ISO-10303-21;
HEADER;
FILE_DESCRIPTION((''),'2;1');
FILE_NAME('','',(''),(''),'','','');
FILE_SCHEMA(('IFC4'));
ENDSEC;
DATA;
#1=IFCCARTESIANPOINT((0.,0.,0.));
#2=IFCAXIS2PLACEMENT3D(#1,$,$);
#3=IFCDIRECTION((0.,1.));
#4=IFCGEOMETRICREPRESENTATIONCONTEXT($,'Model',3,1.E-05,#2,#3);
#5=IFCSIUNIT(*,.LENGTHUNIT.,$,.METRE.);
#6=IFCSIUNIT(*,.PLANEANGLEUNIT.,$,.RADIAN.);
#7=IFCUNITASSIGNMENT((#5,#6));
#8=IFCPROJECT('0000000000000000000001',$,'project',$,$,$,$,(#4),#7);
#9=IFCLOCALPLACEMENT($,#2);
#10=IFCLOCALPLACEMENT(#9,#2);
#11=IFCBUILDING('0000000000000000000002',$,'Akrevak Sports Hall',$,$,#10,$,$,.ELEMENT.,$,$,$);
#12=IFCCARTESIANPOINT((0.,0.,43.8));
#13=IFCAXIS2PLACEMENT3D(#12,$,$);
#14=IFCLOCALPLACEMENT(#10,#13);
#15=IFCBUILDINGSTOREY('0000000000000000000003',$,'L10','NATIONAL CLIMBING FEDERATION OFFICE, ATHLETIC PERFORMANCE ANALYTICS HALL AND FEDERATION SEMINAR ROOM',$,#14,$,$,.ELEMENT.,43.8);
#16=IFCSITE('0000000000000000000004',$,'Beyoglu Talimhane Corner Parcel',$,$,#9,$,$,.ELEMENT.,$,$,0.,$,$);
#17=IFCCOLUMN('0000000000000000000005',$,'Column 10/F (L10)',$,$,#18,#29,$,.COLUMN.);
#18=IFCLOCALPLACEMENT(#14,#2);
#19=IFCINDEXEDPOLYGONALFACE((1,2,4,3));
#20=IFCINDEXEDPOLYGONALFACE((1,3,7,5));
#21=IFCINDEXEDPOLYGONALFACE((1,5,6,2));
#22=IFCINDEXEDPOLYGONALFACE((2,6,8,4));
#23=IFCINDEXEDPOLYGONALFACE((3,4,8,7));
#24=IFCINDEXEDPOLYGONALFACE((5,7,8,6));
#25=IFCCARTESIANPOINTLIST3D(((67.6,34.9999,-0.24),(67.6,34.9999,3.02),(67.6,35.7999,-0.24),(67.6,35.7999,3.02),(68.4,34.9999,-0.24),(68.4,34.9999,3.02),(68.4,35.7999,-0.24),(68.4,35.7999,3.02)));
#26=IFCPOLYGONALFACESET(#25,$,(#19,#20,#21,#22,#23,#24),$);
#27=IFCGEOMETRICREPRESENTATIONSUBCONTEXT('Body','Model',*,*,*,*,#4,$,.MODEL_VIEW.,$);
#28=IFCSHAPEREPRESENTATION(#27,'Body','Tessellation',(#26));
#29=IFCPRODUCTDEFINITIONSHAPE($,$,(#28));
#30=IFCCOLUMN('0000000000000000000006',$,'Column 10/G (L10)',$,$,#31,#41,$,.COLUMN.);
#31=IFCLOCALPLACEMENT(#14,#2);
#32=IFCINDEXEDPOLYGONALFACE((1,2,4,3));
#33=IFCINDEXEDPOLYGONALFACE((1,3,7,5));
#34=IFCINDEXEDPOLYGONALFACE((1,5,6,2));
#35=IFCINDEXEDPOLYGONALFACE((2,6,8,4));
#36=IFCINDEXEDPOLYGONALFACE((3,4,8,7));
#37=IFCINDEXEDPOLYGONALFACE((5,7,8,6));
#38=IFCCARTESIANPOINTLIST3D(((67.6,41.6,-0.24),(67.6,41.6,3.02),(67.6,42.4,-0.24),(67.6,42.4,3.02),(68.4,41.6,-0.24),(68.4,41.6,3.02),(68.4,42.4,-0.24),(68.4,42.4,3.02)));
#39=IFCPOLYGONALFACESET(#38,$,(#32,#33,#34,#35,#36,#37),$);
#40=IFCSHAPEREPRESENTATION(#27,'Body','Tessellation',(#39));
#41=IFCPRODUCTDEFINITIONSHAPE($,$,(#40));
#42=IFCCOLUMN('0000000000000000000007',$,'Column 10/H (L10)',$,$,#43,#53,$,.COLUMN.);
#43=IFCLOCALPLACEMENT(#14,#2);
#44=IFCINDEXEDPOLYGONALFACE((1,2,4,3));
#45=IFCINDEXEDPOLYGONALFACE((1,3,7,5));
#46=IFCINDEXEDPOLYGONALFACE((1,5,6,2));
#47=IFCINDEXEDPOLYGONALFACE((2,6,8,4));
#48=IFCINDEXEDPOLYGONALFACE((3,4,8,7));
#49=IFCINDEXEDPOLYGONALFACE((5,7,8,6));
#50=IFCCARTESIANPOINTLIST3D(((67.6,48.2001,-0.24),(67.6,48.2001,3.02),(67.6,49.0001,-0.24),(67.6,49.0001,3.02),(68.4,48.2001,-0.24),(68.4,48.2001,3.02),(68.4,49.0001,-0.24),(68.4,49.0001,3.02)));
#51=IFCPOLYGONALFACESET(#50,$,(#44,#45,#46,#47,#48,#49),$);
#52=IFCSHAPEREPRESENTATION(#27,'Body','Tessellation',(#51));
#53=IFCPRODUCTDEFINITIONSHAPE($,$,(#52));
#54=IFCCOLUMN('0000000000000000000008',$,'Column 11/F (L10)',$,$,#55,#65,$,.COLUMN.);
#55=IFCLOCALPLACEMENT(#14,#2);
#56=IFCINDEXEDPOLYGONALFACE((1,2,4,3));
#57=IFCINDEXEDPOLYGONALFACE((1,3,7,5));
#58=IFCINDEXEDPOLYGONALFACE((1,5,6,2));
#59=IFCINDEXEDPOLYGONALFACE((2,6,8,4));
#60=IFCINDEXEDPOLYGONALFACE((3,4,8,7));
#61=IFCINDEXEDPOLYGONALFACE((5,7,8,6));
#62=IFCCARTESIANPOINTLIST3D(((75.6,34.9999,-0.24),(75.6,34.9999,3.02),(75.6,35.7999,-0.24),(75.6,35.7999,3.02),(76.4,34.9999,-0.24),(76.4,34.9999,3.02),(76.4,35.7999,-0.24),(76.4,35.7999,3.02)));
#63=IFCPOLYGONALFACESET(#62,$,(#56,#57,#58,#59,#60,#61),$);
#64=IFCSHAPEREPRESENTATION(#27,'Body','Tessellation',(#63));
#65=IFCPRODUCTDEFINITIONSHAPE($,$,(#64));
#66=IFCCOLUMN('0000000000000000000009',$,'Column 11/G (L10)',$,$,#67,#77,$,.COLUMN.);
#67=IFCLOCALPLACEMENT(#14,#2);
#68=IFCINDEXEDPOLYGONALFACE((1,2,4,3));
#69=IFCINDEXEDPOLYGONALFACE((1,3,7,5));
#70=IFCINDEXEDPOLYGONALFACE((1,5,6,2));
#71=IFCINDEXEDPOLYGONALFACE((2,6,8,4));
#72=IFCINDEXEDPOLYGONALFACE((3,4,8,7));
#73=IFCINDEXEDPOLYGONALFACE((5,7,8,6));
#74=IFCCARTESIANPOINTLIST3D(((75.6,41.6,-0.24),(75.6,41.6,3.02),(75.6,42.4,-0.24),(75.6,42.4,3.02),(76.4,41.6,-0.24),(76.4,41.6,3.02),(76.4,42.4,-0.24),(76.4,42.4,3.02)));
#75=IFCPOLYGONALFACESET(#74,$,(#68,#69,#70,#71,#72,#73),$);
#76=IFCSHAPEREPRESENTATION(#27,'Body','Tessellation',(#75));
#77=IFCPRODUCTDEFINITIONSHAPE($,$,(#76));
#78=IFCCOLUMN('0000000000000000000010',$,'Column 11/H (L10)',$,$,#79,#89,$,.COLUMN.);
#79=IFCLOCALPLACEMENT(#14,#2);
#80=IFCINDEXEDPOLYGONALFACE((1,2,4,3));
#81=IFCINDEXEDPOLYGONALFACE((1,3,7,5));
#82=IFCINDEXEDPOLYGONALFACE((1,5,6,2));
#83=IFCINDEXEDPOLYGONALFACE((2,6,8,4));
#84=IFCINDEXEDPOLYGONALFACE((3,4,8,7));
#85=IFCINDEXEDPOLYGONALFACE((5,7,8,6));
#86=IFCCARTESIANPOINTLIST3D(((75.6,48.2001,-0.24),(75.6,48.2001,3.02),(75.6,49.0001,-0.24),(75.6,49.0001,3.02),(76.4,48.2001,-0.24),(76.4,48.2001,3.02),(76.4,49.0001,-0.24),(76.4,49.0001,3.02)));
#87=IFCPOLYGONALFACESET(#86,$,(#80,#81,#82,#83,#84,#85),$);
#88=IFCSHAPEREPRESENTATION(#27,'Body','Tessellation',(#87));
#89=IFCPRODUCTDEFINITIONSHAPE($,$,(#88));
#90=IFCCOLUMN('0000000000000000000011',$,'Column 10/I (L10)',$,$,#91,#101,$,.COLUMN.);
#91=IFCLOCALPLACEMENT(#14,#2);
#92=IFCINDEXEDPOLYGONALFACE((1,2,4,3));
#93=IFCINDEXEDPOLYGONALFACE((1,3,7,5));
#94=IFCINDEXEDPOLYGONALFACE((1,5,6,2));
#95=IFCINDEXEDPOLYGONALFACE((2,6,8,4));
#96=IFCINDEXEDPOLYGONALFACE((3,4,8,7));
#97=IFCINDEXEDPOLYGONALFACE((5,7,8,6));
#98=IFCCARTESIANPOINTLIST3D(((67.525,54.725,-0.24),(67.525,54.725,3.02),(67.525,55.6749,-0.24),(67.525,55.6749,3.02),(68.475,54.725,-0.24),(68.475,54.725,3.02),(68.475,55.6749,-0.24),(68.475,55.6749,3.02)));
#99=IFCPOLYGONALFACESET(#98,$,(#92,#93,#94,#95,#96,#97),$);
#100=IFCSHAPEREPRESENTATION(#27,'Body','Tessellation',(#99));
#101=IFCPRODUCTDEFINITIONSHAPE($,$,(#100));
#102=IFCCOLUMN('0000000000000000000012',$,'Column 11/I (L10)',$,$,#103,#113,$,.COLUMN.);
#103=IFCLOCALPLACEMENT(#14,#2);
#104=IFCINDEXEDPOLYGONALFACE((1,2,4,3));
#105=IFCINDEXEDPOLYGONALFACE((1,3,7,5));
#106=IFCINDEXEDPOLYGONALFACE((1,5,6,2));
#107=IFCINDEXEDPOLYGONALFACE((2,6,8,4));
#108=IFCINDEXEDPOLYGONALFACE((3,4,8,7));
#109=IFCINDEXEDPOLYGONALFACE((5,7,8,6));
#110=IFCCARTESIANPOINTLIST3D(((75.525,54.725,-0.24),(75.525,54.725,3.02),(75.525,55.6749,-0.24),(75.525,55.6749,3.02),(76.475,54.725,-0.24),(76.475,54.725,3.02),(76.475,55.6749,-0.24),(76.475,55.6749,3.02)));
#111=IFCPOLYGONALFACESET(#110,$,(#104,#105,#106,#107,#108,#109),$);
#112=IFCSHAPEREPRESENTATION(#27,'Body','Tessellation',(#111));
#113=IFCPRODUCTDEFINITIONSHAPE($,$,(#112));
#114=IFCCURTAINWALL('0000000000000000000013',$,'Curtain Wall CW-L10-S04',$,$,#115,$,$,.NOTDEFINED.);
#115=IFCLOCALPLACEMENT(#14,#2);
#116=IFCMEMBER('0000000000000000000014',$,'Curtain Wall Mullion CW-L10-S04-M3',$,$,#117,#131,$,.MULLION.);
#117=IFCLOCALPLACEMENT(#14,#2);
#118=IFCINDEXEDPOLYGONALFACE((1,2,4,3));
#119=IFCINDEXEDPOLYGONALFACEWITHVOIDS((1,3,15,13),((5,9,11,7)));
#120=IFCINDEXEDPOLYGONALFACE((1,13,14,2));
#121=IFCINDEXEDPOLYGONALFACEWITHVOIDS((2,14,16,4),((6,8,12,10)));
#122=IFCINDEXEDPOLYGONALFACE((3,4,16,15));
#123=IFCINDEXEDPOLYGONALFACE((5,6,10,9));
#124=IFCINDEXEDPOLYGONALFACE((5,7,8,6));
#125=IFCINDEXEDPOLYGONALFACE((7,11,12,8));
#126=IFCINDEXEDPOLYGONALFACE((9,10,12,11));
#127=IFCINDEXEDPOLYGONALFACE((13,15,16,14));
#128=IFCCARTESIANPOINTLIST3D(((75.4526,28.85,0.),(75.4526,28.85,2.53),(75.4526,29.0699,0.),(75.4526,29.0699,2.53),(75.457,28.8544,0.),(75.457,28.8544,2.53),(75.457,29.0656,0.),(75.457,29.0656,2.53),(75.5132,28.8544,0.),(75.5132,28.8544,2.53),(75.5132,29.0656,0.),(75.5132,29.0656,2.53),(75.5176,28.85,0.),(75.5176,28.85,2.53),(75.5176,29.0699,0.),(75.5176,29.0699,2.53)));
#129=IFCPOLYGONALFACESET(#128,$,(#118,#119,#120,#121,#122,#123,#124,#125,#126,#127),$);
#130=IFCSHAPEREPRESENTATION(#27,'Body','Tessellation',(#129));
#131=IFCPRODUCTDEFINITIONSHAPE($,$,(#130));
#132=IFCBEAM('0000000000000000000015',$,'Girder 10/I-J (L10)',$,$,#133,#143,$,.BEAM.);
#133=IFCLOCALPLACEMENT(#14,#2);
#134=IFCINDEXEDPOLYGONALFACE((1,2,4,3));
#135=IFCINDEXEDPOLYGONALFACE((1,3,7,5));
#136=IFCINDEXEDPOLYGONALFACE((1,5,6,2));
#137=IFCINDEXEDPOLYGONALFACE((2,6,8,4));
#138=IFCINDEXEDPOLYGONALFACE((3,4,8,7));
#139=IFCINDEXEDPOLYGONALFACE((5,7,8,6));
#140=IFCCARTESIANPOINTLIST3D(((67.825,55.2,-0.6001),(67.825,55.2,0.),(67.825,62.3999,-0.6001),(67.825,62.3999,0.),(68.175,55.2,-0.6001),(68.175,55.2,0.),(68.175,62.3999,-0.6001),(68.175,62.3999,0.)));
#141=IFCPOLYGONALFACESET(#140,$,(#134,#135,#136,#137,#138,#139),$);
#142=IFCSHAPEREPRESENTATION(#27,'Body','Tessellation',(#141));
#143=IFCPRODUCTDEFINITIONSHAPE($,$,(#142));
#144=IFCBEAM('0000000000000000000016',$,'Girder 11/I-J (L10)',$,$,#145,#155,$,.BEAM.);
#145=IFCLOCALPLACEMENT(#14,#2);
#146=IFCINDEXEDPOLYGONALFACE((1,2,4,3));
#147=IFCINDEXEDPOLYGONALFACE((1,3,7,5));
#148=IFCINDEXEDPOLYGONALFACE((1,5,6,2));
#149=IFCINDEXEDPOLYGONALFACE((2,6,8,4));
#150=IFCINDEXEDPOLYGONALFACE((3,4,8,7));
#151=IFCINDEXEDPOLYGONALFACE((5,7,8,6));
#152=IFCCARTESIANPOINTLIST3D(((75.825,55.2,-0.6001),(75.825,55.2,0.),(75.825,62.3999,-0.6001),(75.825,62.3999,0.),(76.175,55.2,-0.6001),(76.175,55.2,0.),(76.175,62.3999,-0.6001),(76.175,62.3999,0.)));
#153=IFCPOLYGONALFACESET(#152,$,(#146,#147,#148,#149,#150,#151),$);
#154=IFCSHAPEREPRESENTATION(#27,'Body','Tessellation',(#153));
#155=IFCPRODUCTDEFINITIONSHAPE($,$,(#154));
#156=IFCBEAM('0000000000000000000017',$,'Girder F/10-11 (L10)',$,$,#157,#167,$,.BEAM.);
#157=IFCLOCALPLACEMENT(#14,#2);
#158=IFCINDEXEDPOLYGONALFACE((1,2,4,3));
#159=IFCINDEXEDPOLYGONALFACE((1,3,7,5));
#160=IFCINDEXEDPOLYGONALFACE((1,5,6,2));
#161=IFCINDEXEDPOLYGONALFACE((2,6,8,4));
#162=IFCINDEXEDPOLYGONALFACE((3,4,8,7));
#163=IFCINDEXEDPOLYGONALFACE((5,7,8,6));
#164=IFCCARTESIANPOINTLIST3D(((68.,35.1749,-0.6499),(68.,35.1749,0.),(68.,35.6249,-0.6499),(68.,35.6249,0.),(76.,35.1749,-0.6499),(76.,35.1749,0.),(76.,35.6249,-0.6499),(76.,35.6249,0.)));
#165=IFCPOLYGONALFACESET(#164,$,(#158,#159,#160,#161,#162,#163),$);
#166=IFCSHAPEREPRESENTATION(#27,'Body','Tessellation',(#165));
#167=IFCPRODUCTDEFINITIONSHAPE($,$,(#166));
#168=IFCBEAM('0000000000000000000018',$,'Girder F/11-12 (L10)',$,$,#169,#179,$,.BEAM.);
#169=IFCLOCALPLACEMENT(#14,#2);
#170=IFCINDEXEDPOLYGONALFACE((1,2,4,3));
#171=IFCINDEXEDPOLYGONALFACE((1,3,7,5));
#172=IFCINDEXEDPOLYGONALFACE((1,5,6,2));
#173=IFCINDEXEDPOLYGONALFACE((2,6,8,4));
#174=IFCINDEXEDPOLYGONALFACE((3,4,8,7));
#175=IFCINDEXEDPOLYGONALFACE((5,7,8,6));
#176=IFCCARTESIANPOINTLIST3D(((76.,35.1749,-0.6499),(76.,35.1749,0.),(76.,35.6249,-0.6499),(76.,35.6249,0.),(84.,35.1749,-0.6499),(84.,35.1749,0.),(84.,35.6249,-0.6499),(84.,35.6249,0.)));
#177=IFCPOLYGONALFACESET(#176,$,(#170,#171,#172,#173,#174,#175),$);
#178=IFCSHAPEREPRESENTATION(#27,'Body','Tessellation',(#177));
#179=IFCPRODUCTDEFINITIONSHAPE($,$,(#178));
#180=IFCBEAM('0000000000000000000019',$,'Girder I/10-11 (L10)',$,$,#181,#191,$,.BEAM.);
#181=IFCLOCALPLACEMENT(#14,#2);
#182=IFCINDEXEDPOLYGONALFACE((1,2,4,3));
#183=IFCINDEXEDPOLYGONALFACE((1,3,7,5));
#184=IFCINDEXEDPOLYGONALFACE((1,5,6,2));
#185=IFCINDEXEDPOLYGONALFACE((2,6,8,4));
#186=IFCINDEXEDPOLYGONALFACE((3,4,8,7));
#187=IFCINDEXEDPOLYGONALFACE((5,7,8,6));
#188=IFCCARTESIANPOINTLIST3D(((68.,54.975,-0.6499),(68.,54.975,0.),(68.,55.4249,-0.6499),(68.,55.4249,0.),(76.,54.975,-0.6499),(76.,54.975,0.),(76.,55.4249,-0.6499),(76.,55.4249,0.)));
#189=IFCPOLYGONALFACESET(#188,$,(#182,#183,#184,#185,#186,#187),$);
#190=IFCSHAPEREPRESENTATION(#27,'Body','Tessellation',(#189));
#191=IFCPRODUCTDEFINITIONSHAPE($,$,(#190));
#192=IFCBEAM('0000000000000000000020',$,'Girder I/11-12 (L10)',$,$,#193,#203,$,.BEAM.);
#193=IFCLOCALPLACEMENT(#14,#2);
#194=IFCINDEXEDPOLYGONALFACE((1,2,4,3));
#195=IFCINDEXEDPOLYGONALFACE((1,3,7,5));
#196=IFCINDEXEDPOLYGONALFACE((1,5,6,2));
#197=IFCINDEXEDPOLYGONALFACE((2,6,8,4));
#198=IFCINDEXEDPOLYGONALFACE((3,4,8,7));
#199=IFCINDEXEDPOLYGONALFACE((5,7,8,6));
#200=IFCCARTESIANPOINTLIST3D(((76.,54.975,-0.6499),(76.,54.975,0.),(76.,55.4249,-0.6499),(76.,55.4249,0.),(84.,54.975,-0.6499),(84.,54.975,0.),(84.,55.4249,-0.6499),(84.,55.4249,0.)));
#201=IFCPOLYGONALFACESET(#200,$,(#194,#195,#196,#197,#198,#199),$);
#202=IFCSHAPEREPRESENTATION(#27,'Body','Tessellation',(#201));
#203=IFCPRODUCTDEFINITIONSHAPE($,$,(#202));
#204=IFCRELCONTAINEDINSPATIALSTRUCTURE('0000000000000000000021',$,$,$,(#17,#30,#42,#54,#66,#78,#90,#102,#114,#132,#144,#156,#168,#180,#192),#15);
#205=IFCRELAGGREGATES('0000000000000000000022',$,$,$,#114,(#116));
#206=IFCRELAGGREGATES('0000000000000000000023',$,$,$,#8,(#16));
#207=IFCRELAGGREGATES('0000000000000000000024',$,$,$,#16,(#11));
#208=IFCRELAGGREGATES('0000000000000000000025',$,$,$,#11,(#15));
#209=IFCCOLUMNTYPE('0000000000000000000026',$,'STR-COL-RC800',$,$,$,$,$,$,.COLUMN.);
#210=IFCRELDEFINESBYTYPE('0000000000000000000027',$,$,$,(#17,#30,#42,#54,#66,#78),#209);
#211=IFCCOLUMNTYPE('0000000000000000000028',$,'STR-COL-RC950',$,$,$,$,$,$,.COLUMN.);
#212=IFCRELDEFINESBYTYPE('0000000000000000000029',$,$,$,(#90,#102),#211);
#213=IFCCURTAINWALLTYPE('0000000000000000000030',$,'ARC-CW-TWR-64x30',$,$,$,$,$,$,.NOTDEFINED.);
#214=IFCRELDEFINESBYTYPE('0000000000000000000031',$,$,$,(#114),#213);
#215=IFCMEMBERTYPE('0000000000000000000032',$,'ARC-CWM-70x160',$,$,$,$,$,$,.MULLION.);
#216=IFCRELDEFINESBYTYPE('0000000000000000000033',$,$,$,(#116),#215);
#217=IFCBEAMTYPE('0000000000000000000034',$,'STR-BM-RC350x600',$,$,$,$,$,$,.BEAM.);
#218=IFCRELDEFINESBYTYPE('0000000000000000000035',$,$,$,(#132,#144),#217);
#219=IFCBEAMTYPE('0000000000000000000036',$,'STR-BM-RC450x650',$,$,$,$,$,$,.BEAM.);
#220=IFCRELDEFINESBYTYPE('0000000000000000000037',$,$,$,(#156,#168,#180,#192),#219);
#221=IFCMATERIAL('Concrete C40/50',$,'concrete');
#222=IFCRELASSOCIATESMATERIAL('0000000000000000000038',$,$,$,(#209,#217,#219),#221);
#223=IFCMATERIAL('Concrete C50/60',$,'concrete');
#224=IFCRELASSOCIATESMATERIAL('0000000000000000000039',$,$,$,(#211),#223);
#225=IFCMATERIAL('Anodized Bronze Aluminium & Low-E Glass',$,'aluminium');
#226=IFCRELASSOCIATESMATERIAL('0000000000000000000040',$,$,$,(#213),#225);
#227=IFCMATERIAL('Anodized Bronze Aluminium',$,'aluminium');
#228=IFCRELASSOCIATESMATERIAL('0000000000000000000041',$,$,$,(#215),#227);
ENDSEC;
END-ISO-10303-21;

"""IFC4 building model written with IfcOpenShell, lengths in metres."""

from ifc_helpers import new_model, si_unit, direction, frame, origin, origin_2d, place, context, subcontext, project, spatial, rectangle, hollow_rectangle, extrude, material, material_profile, profile_set, type_object, element, aggregate, save


model = new_model("IFC4")

# Units and contexts
model_context = context("Model", 3, precision=1e-05, world=origin(), true_north=direction((0.0, 1.0)))
body_context = subcontext(model_context, "Body", "Model", "MODEL_VIEW")
ifc_project = project(units=[si_unit("LENGTHUNIT", "METRE"), si_unit("PLANEANGLEUNIT", "RADIAN")], contexts=[model_context])

# Site, building, storey
site_placement = place(None, origin())
site = spatial("IfcSite", under=ifc_project, at=site_placement, Name="Beyoglu Talimhane Corner Parcel", CompositionType="ELEMENT", RefElevation=0.0)
building_placement = place(site_placement, origin())
building = spatial("IfcBuilding", under=site, at=building_placement, Name="Akrevak Sports Hall", CompositionType="ELEMENT")
storey_placement = place(building_placement, frame((0.0, 0.0, 43.8)))
storey = spatial("IfcBuildingStorey", under=building, at=storey_placement, Name="L10", Description="NATIONAL CLIMBING FEDERATION OFFICE, ATHLETIC PERFORMANCE ANALYTICS HALL AND FEDERATION SEMINAR ROOM", CompositionType="ELEMENT", Elevation=43.8)

# Columns
ifc_material_1 = material(Name="Concrete C40/50", Category="concrete")
ifc_material_profile_1 = material_profile(ifc_material_1, rectangle(XDim=0.8, YDim=0.8, at=origin_2d()), Name="RC 800x800", Category="concrete")
ifc_profile_set_1 = profile_set([ifc_material_profile_1], Name="Concrete C40/50")
column_type_1 = type_object("IfcColumnType", Name="STR-COL-RC800", PredefinedType="COLUMN", material=ifc_profile_set_1)
for number, where, z_axis, x_axis, name in (
    (1, (68.0, 35.3999, -0.24), (0.0, 0.0, 1.0), (1.0, 0.0, 0.0), "Column 10/F (L10)"),
    (2, (68.0, 42.0, -0.24), (0.0, 0.0, 1.0), (1.0, 0.0, 0.0), "Column 10/G (L10)"),
    (3, (68.0, 48.6001, -0.24), (0.0, 0.0, 1.0), (1.0, 0.0, 0.0), "Column 10/H (L10)"),
    (4, (76.0, 35.3999, -0.24), (0.0, 0.0, 1.0), (1.0, 0.0, 0.0), "Column 11/F (L10)"),
    (5, (76.0, 42.0, -0.24), (0.0, 0.0, 1.0), (1.0, 0.0, 0.0), "Column 11/G (L10)"),
    (6, (76.0, 48.6001, -0.24), (0.0, 0.0, 1.0), (1.0, 0.0, 0.0), "Column 11/H (L10)"),
):
    element("IfcColumn", number, at=place(storey_placement, frame(where, z_axis=z_axis, x_axis=x_axis)), inside=storey, type_object=column_type_1, Name=name, PredefinedType="COLUMN", context=body_context, shape_type="SweptSolid", body=[
        extrude(rectangle(XDim=0.8, YDim=0.8, at=origin_2d()), origin(), (0.0, 0.0, 1.0), 3.26),
    ])
ifc_material_2 = material(Name="Concrete C50/60", Category="concrete")
ifc_material_profile_2 = material_profile(ifc_material_2, rectangle(XDim=0.95, YDim=0.95, at=origin_2d()), Name="RC 950x950", Category="concrete")
ifc_profile_set_2 = profile_set([ifc_material_profile_2], Name="Concrete C50/60")
column_type_2 = type_object("IfcColumnType", Name="STR-COL-RC950", PredefinedType="COLUMN", material=ifc_profile_set_2)
for number, where, z_axis, x_axis, name in (
    (7, (68.0, 55.2, -0.24), (0.0, 0.0, 1.0), (1.0, 0.0, 0.0), "Column 10/I (L10)"),
    (8, (76.0, 55.2, -0.24), (0.0, 0.0, 1.0), (1.0, 0.0, 0.0), "Column 11/I (L10)"),
):
    element("IfcColumn", number, at=place(storey_placement, frame(where, z_axis=z_axis, x_axis=x_axis)), inside=storey, type_object=column_type_2, Name=name, PredefinedType="COLUMN", context=body_context, shape_type="SweptSolid", body=[
        extrude(rectangle(XDim=0.95, YDim=0.95, at=origin_2d()), origin(), (0.0, 0.0, 1.0), 3.26),
    ])

# Curtain wall, member
ifc_material_3 = material(Name="Anodized Bronze Aluminium & Low-E Glass", Category="aluminium")
curtain_wall_type = type_object("IfcCurtainWallType", Name="ARC-CW-TWR-64x30", PredefinedType="NOTDEFINED", material=ifc_material_3)
curtain_wall_placement = place(storey_placement, origin())
curtain_wall = element("IfcCurtainWall", 9, at=curtain_wall_placement, inside=storey, type_object=curtain_wall_type, Name="Curtain Wall CW-L10-S04", PredefinedType="NOTDEFINED")
ifc_material_4 = material(Name="Anodized Bronze Aluminium", Category="aluminium")
ifc_material_profile_3 = material_profile(ifc_material_4, hollow_rectangle(XDim=0.0649, YDim=0.22, WallThickness=0.0044, at=origin_2d()), Name="CWM 65x220", Category="aluminium")
ifc_profile_set_3 = profile_set([ifc_material_profile_3], Name="Anodized Bronze Aluminium")
member_type = type_object("IfcMemberType", Name="ARC-CWM-70x160", PredefinedType="MULLION", material=ifc_profile_set_3)
member_placement = place(storey_placement, frame((75.4851, 28.96, 0.0), z_axis=(0.0, 0.0, 1.0), x_axis=(1.0, 0.0, 0.0)))
member = element("IfcMember", 10, at=member_placement, type_object=member_type, Name="Curtain Wall Mullion CW-L10-S04-M3", PredefinedType="MULLION", context=body_context, shape_type="SweptSolid", body=[
    extrude(hollow_rectangle(XDim=0.0649, YDim=0.22, WallThickness=0.0044, at=origin_2d()), origin(), (0.0, 0.0, 1.0), 2.53),
])
aggregate(curtain_wall, [member])

# Beams
ifc_material_profile_4 = material_profile(ifc_material_1, rectangle(XDim=0.3501, YDim=0.6001, at=origin_2d()), Name="BM 350x600", Category="concrete")
ifc_profile_set_4 = profile_set([ifc_material_profile_4], Name="Concrete C40/50")
beam_type_1 = type_object("IfcBeamType", Name="STR-BM-RC350x600", PredefinedType="BEAM", material=ifc_profile_set_4)
for number, where, z_axis, x_axis, name in (
    (11, (68.0, 55.2, -0.3), (0.0, 1.0, 0.0), (-1.0, 0.0, 0.0), "Girder 10/I-J (L10)"),
    (12, (76.0, 55.2, -0.3), (0.0, 1.0, 0.0), (-1.0, 0.0, 0.0), "Girder 11/I-J (L10)"),
):
    element("IfcBeam", number, at=place(storey_placement, frame(where, z_axis=z_axis, x_axis=x_axis)), inside=storey, type_object=beam_type_1, Name=name, PredefinedType="BEAM", context=body_context, shape_type="SweptSolid", body=[
        extrude(rectangle(XDim=0.3501, YDim=0.6001, at=origin_2d()), origin(), (0.0, 0.0, 1.0), 7.2),
    ])
ifc_material_profile_5 = material_profile(ifc_material_1, rectangle(XDim=0.45, YDim=0.6499, at=origin_2d()), Name="BM 450x650", Category="concrete")
ifc_profile_set_5 = profile_set([ifc_material_profile_5], Name="Concrete C40/50")
beam_type_2 = type_object("IfcBeamType", Name="STR-BM-RC450x650", PredefinedType="BEAM", material=ifc_profile_set_5)
for number, where, z_axis, x_axis, name in (
    (13, (68.0, 35.3999, -0.325), (1.0, 0.0, 0.0), (0.0, 1.0, 0.0), "Girder F/10-11 (L10)"),
    (14, (76.0, 35.3999, -0.325), (1.0, 0.0, 0.0), (0.0, 1.0, 0.0), "Girder F/11-12 (L10)"),
    (15, (68.0, 55.2, -0.325), (1.0, 0.0, 0.0), (0.0, 1.0, 0.0), "Girder I/10-11 (L10)"),
    (16, (76.0, 55.2, -0.325), (1.0, 0.0, 0.0), (0.0, 1.0, 0.0), "Girder I/11-12 (L10)"),
):
    element("IfcBeam", number, at=place(storey_placement, frame(where, z_axis=z_axis, x_axis=x_axis)), inside=storey, type_object=beam_type_2, Name=name, PredefinedType="BEAM", context=body_context, shape_type="SweptSolid", body=[
        extrude(rectangle(XDim=0.45, YDim=0.6499, at=origin_2d()), origin(), (0.0, 0.0, 1.0), 8.0),
    ])

save(model, "model.ifc")
